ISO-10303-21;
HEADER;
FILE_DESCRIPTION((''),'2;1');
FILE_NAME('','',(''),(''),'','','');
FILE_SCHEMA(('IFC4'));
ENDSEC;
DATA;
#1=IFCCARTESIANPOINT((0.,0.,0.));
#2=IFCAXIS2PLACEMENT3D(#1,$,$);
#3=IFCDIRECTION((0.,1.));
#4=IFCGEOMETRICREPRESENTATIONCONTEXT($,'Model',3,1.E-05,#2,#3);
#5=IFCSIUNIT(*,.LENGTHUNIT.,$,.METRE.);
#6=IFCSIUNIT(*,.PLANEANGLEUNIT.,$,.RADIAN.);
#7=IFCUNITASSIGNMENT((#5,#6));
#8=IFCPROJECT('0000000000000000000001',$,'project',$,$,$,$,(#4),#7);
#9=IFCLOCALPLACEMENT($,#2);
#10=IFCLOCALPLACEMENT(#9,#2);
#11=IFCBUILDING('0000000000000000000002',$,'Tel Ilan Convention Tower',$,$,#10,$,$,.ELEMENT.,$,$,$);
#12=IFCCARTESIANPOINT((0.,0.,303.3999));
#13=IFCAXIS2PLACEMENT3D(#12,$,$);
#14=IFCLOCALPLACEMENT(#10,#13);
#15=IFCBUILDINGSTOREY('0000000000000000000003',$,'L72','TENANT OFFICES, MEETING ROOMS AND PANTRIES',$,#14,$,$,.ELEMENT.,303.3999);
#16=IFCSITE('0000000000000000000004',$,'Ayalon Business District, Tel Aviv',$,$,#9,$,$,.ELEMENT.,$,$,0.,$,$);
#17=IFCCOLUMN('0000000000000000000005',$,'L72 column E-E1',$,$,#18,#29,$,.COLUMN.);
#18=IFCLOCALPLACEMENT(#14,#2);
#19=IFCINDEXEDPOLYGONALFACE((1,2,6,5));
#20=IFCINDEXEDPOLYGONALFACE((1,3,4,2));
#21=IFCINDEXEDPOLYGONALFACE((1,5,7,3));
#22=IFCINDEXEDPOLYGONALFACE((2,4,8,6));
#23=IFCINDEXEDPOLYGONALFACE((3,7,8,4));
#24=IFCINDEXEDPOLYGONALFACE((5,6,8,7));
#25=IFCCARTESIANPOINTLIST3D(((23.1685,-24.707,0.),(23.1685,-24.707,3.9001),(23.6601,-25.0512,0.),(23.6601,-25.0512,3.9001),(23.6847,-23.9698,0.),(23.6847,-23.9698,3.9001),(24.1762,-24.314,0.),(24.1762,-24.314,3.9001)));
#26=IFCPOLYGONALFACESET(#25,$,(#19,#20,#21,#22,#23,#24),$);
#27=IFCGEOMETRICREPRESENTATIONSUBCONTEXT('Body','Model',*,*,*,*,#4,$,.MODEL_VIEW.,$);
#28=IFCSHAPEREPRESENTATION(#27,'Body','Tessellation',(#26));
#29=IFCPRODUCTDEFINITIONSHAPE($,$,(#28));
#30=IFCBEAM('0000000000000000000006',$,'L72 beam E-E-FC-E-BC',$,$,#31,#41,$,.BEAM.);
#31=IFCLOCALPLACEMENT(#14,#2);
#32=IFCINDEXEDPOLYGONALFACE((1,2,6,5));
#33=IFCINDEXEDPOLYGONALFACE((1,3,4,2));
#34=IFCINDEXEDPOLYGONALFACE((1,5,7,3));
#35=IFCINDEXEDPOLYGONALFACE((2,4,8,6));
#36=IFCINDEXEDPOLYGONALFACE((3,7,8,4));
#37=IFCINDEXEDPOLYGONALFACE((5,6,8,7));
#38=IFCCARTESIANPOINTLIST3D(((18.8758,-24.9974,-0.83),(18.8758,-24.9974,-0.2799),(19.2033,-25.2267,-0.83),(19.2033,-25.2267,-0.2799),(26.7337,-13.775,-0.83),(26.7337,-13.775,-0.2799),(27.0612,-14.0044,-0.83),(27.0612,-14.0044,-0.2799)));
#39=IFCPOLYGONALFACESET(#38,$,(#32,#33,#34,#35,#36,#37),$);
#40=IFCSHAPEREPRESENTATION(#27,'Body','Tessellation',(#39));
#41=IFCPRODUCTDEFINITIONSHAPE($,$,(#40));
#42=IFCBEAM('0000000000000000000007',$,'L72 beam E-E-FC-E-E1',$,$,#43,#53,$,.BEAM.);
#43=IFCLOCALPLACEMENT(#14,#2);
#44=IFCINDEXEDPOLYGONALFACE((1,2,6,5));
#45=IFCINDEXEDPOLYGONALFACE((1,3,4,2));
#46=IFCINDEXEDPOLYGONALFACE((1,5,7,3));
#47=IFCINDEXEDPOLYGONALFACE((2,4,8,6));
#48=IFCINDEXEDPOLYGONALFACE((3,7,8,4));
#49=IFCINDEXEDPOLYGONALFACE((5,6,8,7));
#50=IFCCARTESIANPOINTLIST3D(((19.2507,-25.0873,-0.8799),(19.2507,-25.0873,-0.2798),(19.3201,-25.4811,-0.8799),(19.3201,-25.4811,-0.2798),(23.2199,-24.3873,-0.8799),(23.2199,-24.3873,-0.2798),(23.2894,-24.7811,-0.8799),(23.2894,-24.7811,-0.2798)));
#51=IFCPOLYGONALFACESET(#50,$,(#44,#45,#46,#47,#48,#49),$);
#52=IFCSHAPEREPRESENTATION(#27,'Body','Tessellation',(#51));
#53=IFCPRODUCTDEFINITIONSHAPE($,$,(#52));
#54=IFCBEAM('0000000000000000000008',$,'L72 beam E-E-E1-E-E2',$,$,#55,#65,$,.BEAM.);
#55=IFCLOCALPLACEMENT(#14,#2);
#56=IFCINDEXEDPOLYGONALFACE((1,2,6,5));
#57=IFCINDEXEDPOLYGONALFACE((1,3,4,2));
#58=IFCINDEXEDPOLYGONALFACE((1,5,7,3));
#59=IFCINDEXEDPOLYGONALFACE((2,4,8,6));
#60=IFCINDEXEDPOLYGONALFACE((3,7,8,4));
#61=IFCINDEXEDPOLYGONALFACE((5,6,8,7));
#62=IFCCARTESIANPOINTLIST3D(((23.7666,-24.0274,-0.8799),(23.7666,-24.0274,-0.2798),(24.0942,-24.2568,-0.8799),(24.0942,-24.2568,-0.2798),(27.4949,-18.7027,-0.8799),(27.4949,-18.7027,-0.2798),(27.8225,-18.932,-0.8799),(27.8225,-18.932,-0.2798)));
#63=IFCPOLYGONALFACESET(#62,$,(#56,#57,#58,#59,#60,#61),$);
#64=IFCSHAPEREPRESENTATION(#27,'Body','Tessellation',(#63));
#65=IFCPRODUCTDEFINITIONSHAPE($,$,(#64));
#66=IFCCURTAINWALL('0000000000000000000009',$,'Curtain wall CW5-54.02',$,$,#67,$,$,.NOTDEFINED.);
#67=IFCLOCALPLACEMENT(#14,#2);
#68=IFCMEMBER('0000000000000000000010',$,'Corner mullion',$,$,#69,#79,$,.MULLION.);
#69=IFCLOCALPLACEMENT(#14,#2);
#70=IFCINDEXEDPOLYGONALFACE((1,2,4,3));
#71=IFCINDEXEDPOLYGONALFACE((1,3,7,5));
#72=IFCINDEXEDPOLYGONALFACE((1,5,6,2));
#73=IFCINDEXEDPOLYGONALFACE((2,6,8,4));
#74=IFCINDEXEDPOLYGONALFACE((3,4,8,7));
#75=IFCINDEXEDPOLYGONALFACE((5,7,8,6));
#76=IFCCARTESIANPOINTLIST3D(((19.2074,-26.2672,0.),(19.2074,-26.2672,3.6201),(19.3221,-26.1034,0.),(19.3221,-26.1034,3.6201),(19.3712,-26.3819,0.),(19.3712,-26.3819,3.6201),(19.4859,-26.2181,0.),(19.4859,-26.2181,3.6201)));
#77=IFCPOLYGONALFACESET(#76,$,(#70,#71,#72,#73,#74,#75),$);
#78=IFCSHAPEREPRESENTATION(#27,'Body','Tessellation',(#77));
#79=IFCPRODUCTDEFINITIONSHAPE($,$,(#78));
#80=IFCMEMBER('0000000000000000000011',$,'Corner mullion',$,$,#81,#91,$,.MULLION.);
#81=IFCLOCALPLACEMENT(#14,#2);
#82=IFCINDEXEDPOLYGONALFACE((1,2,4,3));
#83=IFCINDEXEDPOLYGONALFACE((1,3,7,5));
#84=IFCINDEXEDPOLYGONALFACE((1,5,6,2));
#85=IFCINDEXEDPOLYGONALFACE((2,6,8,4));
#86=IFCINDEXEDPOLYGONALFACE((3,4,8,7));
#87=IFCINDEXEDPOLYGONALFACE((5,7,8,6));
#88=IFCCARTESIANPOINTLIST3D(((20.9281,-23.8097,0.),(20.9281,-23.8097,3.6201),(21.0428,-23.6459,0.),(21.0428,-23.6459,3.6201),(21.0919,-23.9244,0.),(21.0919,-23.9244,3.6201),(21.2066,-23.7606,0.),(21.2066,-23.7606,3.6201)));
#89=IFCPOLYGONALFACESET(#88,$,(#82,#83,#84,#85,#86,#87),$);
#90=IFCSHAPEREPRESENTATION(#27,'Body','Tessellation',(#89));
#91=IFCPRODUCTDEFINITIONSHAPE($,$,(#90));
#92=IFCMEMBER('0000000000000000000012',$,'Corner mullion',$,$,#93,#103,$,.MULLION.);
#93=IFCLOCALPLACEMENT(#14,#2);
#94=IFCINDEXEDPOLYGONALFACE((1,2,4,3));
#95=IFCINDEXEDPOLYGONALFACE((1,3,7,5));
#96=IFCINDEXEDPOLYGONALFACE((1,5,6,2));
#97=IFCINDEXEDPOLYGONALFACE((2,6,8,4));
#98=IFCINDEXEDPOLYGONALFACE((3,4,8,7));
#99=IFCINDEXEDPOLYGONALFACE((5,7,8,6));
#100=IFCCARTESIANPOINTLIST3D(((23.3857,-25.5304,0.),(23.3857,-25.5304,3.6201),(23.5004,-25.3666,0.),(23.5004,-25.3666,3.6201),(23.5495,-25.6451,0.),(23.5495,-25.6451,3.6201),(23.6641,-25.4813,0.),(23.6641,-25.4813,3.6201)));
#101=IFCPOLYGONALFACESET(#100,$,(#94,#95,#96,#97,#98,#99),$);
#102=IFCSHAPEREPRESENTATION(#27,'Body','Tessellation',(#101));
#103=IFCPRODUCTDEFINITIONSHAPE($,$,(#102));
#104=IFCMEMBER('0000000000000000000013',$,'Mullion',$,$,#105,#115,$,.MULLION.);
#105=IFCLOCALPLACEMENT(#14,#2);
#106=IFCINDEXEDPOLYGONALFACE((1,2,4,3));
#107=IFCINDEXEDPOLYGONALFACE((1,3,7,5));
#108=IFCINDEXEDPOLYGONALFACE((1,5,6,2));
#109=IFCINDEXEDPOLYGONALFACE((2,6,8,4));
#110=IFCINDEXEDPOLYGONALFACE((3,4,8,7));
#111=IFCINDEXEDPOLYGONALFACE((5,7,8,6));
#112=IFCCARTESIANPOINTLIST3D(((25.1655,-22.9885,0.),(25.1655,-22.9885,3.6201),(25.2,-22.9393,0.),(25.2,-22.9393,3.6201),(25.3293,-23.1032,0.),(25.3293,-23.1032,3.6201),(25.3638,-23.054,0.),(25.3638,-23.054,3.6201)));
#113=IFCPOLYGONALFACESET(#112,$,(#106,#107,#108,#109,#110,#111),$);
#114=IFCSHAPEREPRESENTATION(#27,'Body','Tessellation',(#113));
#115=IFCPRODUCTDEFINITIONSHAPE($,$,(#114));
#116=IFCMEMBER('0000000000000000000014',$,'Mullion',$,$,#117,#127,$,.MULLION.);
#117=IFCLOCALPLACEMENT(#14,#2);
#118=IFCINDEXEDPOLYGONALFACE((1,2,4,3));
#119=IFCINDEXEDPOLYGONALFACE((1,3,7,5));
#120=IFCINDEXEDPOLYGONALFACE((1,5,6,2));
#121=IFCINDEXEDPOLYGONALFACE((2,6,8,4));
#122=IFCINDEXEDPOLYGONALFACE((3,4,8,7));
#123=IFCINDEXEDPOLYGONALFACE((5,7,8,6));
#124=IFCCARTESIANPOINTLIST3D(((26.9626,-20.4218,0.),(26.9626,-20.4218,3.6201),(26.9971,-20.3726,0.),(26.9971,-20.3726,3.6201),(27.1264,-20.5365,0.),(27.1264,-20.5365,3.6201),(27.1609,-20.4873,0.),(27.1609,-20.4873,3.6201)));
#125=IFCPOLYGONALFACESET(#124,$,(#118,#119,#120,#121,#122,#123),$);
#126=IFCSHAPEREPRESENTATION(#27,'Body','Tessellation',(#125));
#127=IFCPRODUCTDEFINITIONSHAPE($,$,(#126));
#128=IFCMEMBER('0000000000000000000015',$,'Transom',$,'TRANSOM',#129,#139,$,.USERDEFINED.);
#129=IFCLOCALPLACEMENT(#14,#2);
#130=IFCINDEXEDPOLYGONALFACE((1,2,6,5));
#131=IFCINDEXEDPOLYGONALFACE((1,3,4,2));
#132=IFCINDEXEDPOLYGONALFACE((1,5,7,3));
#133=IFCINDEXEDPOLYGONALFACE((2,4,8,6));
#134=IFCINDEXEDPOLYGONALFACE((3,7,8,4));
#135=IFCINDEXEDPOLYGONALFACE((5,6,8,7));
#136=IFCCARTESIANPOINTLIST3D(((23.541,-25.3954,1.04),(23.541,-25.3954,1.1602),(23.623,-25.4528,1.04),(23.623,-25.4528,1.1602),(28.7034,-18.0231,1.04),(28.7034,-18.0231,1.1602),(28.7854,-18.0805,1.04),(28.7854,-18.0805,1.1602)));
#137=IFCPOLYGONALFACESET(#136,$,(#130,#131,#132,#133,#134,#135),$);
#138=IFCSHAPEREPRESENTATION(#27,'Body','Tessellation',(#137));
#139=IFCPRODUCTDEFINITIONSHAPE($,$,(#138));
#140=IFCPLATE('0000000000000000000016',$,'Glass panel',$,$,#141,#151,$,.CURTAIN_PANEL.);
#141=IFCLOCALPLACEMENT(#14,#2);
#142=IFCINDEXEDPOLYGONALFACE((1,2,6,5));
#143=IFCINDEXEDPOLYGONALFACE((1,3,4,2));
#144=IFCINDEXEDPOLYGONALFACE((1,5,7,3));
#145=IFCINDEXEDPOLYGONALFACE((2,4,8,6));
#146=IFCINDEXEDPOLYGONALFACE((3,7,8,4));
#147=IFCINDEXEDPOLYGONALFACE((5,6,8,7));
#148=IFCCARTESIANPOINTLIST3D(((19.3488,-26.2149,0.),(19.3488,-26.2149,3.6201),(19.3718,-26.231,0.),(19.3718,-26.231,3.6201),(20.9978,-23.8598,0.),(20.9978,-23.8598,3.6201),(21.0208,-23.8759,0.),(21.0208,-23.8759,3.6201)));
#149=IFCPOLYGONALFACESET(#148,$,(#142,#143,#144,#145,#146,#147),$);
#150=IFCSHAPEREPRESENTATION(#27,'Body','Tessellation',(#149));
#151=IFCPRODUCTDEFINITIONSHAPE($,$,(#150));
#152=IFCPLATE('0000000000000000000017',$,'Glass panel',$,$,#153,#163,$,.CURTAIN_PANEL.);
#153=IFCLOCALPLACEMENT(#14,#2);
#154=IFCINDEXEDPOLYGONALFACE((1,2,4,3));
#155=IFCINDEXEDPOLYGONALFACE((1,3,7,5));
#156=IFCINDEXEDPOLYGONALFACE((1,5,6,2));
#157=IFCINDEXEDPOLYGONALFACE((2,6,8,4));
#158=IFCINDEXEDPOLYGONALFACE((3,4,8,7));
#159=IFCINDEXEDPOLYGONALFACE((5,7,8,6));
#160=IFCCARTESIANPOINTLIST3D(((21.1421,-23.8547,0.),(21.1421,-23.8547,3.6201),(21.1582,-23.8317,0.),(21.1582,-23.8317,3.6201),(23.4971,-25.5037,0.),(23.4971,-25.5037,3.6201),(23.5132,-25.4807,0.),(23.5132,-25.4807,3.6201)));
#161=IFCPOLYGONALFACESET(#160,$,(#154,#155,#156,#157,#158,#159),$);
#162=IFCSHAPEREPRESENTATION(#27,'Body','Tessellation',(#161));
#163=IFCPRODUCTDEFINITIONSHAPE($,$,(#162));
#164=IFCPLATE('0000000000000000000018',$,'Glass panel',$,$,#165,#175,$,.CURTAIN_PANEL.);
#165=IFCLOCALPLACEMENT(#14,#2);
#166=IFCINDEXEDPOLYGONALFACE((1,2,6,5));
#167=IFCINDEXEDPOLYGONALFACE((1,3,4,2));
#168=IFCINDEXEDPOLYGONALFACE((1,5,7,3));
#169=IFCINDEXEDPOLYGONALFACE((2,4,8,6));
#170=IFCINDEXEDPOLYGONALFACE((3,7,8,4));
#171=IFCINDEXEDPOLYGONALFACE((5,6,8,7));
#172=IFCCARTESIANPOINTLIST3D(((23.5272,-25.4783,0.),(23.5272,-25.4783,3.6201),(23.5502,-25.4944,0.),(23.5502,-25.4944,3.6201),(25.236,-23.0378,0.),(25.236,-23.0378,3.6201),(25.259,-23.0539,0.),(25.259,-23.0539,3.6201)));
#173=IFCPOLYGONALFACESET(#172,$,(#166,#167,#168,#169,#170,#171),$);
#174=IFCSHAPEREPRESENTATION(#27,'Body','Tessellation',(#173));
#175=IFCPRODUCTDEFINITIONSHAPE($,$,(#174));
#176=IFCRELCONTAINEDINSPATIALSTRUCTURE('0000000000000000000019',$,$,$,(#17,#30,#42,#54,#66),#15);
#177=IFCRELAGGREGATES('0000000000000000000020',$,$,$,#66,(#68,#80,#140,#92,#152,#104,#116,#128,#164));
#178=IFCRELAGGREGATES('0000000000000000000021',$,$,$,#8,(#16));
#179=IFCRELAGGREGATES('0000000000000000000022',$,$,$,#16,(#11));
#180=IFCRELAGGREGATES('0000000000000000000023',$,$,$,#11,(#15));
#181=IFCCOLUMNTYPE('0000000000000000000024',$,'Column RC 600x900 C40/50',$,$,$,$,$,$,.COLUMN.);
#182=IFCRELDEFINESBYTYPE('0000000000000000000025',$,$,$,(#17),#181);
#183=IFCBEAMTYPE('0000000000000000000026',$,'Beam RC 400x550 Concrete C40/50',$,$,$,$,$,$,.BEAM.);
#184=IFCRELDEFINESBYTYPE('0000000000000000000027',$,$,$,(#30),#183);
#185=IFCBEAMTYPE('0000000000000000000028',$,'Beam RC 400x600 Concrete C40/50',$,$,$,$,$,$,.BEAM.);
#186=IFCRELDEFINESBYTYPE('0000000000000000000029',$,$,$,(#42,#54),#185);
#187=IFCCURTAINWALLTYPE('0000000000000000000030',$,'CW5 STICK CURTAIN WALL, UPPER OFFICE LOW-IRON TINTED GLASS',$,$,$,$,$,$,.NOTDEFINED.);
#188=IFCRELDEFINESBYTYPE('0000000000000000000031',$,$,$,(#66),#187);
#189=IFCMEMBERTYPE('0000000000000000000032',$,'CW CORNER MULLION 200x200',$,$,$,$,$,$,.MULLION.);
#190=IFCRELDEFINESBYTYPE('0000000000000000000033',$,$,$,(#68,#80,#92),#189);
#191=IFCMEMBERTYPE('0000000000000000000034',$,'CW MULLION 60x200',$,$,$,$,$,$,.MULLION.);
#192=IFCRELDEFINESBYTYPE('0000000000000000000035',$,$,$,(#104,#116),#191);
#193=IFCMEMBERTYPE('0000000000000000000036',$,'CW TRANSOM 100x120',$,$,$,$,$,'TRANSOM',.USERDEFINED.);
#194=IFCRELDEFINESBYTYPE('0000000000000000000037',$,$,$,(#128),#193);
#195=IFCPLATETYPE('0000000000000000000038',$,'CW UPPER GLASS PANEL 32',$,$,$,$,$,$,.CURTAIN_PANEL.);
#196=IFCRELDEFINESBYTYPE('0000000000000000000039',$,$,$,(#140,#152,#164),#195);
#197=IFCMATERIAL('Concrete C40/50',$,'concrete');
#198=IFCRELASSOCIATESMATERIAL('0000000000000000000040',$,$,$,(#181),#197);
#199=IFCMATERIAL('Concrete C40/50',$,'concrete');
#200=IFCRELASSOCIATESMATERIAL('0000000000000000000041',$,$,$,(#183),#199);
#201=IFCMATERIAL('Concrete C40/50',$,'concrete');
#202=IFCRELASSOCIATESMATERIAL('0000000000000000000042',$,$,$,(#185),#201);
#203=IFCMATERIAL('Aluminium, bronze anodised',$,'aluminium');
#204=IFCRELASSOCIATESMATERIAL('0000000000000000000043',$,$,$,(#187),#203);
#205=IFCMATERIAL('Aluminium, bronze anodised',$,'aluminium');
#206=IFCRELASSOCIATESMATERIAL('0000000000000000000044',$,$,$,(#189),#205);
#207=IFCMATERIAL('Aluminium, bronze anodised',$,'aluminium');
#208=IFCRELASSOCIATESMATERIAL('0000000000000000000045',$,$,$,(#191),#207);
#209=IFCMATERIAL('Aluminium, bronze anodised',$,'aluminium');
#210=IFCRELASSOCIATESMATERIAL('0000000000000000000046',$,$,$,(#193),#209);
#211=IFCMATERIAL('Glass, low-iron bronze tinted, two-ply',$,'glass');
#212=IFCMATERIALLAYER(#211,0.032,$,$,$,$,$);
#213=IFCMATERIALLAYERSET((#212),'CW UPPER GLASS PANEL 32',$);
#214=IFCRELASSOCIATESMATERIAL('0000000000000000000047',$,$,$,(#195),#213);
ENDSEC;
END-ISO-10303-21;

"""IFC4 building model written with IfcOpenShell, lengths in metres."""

from ifc_helpers import new_model, si_unit, direction, frame, origin, origin_2d, place, context, subcontext, project, spatial, rectangle, extrude, material, layer, layer_set, material_profile, profile_set, type_object, element, aggregate, save


model = new_model("IFC4")

# Units and contexts
model_context = context("Model", 3, precision=1e-05, world=origin(), true_north=direction((0.0, 1.0)))
body_context = subcontext(model_context, "Body", "Model", "MODEL_VIEW")
ifc_project = project(units=[si_unit("LENGTHUNIT", "METRE"), si_unit("PLANEANGLEUNIT", "RADIAN")], contexts=[model_context])

# Site, building, storey
site_placement = place(None, origin())
site = spatial("IfcSite", under=ifc_project, at=site_placement, Name="Ayalon Business District, Tel Aviv", CompositionType="ELEMENT", RefElevation=0.0)
building_placement = place(site_placement, origin())
building = spatial("IfcBuilding", under=site, at=building_placement, Name="Tel Ilan Convention Tower", CompositionType="ELEMENT")
storey_placement = place(building_placement, frame((0.0, 0.0, 303.3999)))
storey = spatial("IfcBuildingStorey", under=building, at=storey_placement, Name="L72", Description="TENANT OFFICES, MEETING ROOMS AND PANTRIES", CompositionType="ELEMENT", Elevation=303.3999)

# Column
ifc_material_1 = material(Name="Concrete C40/50", Category="concrete")
ifc_material_profile_1 = material_profile(ifc_material_1, rectangle(XDim=0.8999, YDim=0.6001, at=origin_2d()), Name="RC 600x900")
ifc_profile_set_1 = profile_set([ifc_material_profile_1], Name="Concrete C40/50")
column_type = type_object("IfcColumnType", Name="Column RC 600x900 C40/50", PredefinedType="COLUMN", material=ifc_profile_set_1)
column_placement = place(storey_placement, frame((23.6724, -24.5105, 0.0), z_axis=(0.0, 0.0, 1.0), x_axis=(0.573576, 0.819152, 0.0)))
element("IfcColumn", 1, at=column_placement, inside=storey, type_object=column_type, Name="L72 column E-E1", PredefinedType="COLUMN", context=body_context, shape_type="SweptSolid", body=[
    extrude(rectangle(XDim=0.8999, YDim=0.6001, at=origin_2d()), origin(), (0.0, 0.0, 1.0), 3.9001),
])

# Beams
ifc_material_2 = material(Name="Concrete C40/50", Category="concrete")
ifc_material_profile_2 = material_profile(ifc_material_2, rectangle(XDim=0.3999, YDim=0.55, at=origin_2d()), Name="RC 400x550")
ifc_profile_set_2 = profile_set([ifc_material_profile_2], Name="Concrete C40/50")
beam_type_1 = type_object("IfcBeamType", Name="Beam RC 400x550 Concrete C40/50", PredefinedType="BEAM", material=ifc_profile_set_2)
beam_1_placement = place(storey_placement, frame((19.0396, -25.1121, -0.5549), z_axis=(0.573571, 0.819156, 0.0), x_axis=(-0.819156, 0.573571, 0.0)))
element("IfcBeam", 2, at=beam_1_placement, inside=storey, type_object=beam_type_1, Name="L72 beam E-E-FC-E-BC", PredefinedType="BEAM", context=body_context, shape_type="SweptSolid", body=[
    extrude(rectangle(XDim=0.3999, YDim=0.55, at=origin_2d()), origin(), (0.0, 0.0, 1.0), 13.7),
])
ifc_material_3 = material(Name="Concrete C40/50", Category="concrete")
ifc_material_profile_3 = material_profile(ifc_material_3, rectangle(XDim=0.3999, YDim=0.6001, at=origin_2d()), Name="RC 400x600")
ifc_profile_set_3 = profile_set([ifc_material_profile_3], Name="Concrete C40/50")
beam_type_2 = type_object("IfcBeamType", Name="Beam RC 400x600 Concrete C40/50", PredefinedType="BEAM", material=ifc_profile_set_3)
beam_2_placement = place(storey_placement, frame((19.2854, -25.2842, -0.5798), z_axis=(0.984805, 0.173664, 0.0), x_axis=(-0.173664, 0.984805, 0.0)))
element("IfcBeam", 3, at=beam_2_placement, inside=storey, type_object=beam_type_2, Name="L72 beam E-E-FC-E-E1", PredefinedType="BEAM", context=body_context, shape_type="SweptSolid", body=[
    extrude(rectangle(XDim=0.3999, YDim=0.6001, at=origin_2d()), origin(), (0.0, 0.0, 1.0), 4.0305),
])
beam_3_placement = place(storey_placement, frame((23.9304, -24.1421, -0.5798), z_axis=(0.573563, 0.819161, 0.0), x_axis=(-0.819161, 0.573563, 0.0)))
element("IfcBeam", 4, at=beam_3_placement, inside=storey, type_object=beam_type_2, Name="L72 beam E-E-E1-E-E2", PredefinedType="BEAM", context=body_context, shape_type="SweptSolid", body=[
    extrude(rectangle(XDim=0.3999, YDim=0.6001, at=origin_2d()), origin(), (0.0, 0.0, 1.0), 6.5002),
])

# Curtain wall, members, plates
ifc_material_4 = material(Name="Aluminium, bronze anodised", Category="aluminium")
curtain_wall_type = type_object("IfcCurtainWallType", Name="CW5 STICK CURTAIN WALL, UPPER OFFICE LOW-IRON TINTED GLASS", PredefinedType="NOTDEFINED", material=ifc_material_4)
curtain_wall_placement = place(storey_placement, origin())
curtain_wall = element("IfcCurtainWall", 5, at=curtain_wall_placement, inside=storey, type_object=curtain_wall_type, Name="Curtain wall CW5-54.02", PredefinedType="NOTDEFINED")
ifc_material_5 = material(Name="Aluminium, bronze anodised", Category="aluminium")
ifc_material_profile_4 = material_profile(ifc_material_5, rectangle(XDim=0.2, YDim=0.2, at=origin_2d()), Name="CW CORNER MULLION 200x200")
ifc_profile_set_4 = profile_set([ifc_material_profile_4], Name="Aluminium, bronze anodised")
member_type_1 = type_object("IfcMemberType", Name="CW CORNER MULLION 200x200", PredefinedType="MULLION", material=ifc_profile_set_4)
member_1_placement = place(storey_placement, frame((19.3467, -26.2427, 0.0), z_axis=(0.0, 0.0, 1.0), x_axis=(0.819152, -0.573576, 0.0)))
member_1 = element("IfcMember", 6, at=member_1_placement, type_object=member_type_1, Name="Corner mullion", PredefinedType="MULLION", context=body_context, shape_type="SweptSolid", body=[
    extrude(rectangle(XDim=0.2, YDim=0.2, at=origin_2d()), origin(), (0.0, 0.0, 1.0), 3.6201),
])
member_2_placement = place(storey_placement, frame((21.0674, -23.7852, 0.0), z_axis=(0.0, 0.0, 1.0), x_axis=(0.573576, 0.819152, 0.0)))
member_2 = element("IfcMember", 7, at=member_2_placement, type_object=member_type_1, Name="Corner mullion", PredefinedType="MULLION", context=body_context, shape_type="SweptSolid", body=[
    extrude(rectangle(XDim=0.2, YDim=0.2, at=origin_2d()), origin(), (0.0, 0.0, 1.0), 3.6201),
])
member_3_placement = place(storey_placement, frame((23.5249, -25.5059, 0.0), z_axis=(0.0, 0.0, 1.0), x_axis=(0.819152, -0.573576, 0.0)))
member_3 = element("IfcMember", 8, at=member_3_placement, type_object=member_type_1, Name="Corner mullion", PredefinedType="MULLION", context=body_context, shape_type="SweptSolid", body=[
    extrude(rectangle(XDim=0.2, YDim=0.2, at=origin_2d()), origin(), (0.0, 0.0, 1.0), 3.6201),
])
ifc_material_6 = material(Name="Aluminium, bronze anodised", Category="aluminium")
ifc_material_profile_5 = material_profile(ifc_material_6, rectangle(XDim=0.0601, YDim=0.2, at=origin_2d()), Name="CW MULLION 60x200")
ifc_profile_set_5 = profile_set([ifc_material_profile_5], Name="Aluminium, bronze anodised")
member_type_2 = type_object("IfcMemberType", Name="CW MULLION 60x200", PredefinedType="MULLION", material=ifc_profile_set_5)
member_4_placement = place(storey_placement, frame((25.2646, -23.0212, 0.0), z_axis=(0.0, 0.0, 1.0), x_axis=(0.573576, 0.819152, 0.0)))
member_4 = element("IfcMember", 9, at=member_4_placement, type_object=member_type_2, Name="Mullion", PredefinedType="MULLION", context=body_context, shape_type="SweptSolid", body=[
    extrude(rectangle(XDim=0.0601, YDim=0.2, at=origin_2d()), origin(), (0.0, 0.0, 1.0), 3.6201),
])
member_5_placement = place(storey_placement, frame((27.0618, -20.4546, 0.0), z_axis=(0.0, 0.0, 1.0), x_axis=(0.573576, 0.819152, 0.0)))
member_5 = element("IfcMember", 10, at=member_5_placement, type_object=member_type_2, Name="Mullion", PredefinedType="MULLION", context=body_context, shape_type="SweptSolid", body=[
    extrude(rectangle(XDim=0.0601, YDim=0.2, at=origin_2d()), origin(), (0.0, 0.0, 1.0), 3.6201),
])
ifc_material_7 = material(Name="Aluminium, bronze anodised", Category="aluminium")
ifc_material_profile_6 = material_profile(ifc_material_7, rectangle(XDim=0.1001, YDim=0.1201, at=origin_2d()), Name="CW TRANSOM 100x120")
ifc_profile_set_6 = profile_set([ifc_material_profile_6], Name="Aluminium, bronze anodised")
member_type_3 = type_object("IfcMemberType", Name="CW TRANSOM 100x120", ElementType="TRANSOM", PredefinedType="USERDEFINED", material=ifc_profile_set_6)
member_6_placement = place(storey_placement, frame((23.582, -25.4241, 1.1001), z_axis=(0.573592, 0.819141, 0.0), x_axis=(-0.819141, 0.573592, 0.0)))
member_6 = element("IfcMember", 11, at=member_6_placement, type_object=member_type_3, Name="Transom", ObjectType="TRANSOM", PredefinedType="USERDEFINED", context=body_context, shape_type="SweptSolid", body=[
    extrude(rectangle(XDim=0.1001, YDim=0.1201, at=origin_2d()), origin(), (0.0, 0.0, 1.0), 9.0),
])
ifc_material_8 = material(Name="Glass, low-iron bronze tinted, two-ply", Category="glass")
ifc_layer_1 = layer(ifc_material_8, 0.032)
ifc_layer_set_1 = layer_set([ifc_layer_1], Name="CW UPPER GLASS PANEL 32")
plate_type = type_object("IfcPlateType", Name="CW UPPER GLASS PANEL 32", PredefinedType="CURTAIN_PANEL", material=ifc_layer_set_1)
plate_1_placement = place(storey_placement, frame((20.1848, -25.0454, 0.0), z_axis=(0.0, 0.0, 1.0), x_axis=(0.573576, 0.819152, 0.0)))
plate_1 = element("IfcPlate", 12, at=plate_1_placement, type_object=plate_type, Name="Glass panel", PredefinedType="CURTAIN_PANEL", context=body_context, shape_type="SweptSolid", body=[
    extrude(rectangle(XDim=2.875, YDim=0.0281, at=origin_2d()), origin(), (0.0, 0.0, 1.0), 3.6201),
])
plate_2_placement = place(storey_placement, frame((22.3276, -24.6677, 0.0), z_axis=(0.0, 0.0, 1.0), x_axis=(0.819152, -0.573576, 0.0)))
plate_2 = element("IfcPlate", 13, at=plate_2_placement, type_object=plate_type, Name="Glass panel", PredefinedType="CURTAIN_PANEL", context=body_context, shape_type="SweptSolid", body=[
    extrude(rectangle(XDim=2.875, YDim=0.0281, at=origin_2d()), origin(), (0.0, 0.0, 1.0), 3.6201),
])
plate_3_placement = place(storey_placement, frame((24.3931, -24.2661, 0.0), z_axis=(0.0, 0.0, 1.0), x_axis=(0.573576, 0.819152, 0.0)))
plate_3 = element("IfcPlate", 14, at=plate_3_placement, type_object=plate_type, Name="Glass panel", PredefinedType="CURTAIN_PANEL", context=body_context, shape_type="SweptSolid", body=[
    extrude(rectangle(XDim=2.9792, YDim=0.0281, at=origin_2d()), origin(), (0.0, 0.0, 1.0), 3.6201),
])
aggregate(curtain_wall, [member_1, member_2, plate_1, member_3, plate_2, member_4, member_5, member_6, plate_3])

save(model, "model.ifc")
